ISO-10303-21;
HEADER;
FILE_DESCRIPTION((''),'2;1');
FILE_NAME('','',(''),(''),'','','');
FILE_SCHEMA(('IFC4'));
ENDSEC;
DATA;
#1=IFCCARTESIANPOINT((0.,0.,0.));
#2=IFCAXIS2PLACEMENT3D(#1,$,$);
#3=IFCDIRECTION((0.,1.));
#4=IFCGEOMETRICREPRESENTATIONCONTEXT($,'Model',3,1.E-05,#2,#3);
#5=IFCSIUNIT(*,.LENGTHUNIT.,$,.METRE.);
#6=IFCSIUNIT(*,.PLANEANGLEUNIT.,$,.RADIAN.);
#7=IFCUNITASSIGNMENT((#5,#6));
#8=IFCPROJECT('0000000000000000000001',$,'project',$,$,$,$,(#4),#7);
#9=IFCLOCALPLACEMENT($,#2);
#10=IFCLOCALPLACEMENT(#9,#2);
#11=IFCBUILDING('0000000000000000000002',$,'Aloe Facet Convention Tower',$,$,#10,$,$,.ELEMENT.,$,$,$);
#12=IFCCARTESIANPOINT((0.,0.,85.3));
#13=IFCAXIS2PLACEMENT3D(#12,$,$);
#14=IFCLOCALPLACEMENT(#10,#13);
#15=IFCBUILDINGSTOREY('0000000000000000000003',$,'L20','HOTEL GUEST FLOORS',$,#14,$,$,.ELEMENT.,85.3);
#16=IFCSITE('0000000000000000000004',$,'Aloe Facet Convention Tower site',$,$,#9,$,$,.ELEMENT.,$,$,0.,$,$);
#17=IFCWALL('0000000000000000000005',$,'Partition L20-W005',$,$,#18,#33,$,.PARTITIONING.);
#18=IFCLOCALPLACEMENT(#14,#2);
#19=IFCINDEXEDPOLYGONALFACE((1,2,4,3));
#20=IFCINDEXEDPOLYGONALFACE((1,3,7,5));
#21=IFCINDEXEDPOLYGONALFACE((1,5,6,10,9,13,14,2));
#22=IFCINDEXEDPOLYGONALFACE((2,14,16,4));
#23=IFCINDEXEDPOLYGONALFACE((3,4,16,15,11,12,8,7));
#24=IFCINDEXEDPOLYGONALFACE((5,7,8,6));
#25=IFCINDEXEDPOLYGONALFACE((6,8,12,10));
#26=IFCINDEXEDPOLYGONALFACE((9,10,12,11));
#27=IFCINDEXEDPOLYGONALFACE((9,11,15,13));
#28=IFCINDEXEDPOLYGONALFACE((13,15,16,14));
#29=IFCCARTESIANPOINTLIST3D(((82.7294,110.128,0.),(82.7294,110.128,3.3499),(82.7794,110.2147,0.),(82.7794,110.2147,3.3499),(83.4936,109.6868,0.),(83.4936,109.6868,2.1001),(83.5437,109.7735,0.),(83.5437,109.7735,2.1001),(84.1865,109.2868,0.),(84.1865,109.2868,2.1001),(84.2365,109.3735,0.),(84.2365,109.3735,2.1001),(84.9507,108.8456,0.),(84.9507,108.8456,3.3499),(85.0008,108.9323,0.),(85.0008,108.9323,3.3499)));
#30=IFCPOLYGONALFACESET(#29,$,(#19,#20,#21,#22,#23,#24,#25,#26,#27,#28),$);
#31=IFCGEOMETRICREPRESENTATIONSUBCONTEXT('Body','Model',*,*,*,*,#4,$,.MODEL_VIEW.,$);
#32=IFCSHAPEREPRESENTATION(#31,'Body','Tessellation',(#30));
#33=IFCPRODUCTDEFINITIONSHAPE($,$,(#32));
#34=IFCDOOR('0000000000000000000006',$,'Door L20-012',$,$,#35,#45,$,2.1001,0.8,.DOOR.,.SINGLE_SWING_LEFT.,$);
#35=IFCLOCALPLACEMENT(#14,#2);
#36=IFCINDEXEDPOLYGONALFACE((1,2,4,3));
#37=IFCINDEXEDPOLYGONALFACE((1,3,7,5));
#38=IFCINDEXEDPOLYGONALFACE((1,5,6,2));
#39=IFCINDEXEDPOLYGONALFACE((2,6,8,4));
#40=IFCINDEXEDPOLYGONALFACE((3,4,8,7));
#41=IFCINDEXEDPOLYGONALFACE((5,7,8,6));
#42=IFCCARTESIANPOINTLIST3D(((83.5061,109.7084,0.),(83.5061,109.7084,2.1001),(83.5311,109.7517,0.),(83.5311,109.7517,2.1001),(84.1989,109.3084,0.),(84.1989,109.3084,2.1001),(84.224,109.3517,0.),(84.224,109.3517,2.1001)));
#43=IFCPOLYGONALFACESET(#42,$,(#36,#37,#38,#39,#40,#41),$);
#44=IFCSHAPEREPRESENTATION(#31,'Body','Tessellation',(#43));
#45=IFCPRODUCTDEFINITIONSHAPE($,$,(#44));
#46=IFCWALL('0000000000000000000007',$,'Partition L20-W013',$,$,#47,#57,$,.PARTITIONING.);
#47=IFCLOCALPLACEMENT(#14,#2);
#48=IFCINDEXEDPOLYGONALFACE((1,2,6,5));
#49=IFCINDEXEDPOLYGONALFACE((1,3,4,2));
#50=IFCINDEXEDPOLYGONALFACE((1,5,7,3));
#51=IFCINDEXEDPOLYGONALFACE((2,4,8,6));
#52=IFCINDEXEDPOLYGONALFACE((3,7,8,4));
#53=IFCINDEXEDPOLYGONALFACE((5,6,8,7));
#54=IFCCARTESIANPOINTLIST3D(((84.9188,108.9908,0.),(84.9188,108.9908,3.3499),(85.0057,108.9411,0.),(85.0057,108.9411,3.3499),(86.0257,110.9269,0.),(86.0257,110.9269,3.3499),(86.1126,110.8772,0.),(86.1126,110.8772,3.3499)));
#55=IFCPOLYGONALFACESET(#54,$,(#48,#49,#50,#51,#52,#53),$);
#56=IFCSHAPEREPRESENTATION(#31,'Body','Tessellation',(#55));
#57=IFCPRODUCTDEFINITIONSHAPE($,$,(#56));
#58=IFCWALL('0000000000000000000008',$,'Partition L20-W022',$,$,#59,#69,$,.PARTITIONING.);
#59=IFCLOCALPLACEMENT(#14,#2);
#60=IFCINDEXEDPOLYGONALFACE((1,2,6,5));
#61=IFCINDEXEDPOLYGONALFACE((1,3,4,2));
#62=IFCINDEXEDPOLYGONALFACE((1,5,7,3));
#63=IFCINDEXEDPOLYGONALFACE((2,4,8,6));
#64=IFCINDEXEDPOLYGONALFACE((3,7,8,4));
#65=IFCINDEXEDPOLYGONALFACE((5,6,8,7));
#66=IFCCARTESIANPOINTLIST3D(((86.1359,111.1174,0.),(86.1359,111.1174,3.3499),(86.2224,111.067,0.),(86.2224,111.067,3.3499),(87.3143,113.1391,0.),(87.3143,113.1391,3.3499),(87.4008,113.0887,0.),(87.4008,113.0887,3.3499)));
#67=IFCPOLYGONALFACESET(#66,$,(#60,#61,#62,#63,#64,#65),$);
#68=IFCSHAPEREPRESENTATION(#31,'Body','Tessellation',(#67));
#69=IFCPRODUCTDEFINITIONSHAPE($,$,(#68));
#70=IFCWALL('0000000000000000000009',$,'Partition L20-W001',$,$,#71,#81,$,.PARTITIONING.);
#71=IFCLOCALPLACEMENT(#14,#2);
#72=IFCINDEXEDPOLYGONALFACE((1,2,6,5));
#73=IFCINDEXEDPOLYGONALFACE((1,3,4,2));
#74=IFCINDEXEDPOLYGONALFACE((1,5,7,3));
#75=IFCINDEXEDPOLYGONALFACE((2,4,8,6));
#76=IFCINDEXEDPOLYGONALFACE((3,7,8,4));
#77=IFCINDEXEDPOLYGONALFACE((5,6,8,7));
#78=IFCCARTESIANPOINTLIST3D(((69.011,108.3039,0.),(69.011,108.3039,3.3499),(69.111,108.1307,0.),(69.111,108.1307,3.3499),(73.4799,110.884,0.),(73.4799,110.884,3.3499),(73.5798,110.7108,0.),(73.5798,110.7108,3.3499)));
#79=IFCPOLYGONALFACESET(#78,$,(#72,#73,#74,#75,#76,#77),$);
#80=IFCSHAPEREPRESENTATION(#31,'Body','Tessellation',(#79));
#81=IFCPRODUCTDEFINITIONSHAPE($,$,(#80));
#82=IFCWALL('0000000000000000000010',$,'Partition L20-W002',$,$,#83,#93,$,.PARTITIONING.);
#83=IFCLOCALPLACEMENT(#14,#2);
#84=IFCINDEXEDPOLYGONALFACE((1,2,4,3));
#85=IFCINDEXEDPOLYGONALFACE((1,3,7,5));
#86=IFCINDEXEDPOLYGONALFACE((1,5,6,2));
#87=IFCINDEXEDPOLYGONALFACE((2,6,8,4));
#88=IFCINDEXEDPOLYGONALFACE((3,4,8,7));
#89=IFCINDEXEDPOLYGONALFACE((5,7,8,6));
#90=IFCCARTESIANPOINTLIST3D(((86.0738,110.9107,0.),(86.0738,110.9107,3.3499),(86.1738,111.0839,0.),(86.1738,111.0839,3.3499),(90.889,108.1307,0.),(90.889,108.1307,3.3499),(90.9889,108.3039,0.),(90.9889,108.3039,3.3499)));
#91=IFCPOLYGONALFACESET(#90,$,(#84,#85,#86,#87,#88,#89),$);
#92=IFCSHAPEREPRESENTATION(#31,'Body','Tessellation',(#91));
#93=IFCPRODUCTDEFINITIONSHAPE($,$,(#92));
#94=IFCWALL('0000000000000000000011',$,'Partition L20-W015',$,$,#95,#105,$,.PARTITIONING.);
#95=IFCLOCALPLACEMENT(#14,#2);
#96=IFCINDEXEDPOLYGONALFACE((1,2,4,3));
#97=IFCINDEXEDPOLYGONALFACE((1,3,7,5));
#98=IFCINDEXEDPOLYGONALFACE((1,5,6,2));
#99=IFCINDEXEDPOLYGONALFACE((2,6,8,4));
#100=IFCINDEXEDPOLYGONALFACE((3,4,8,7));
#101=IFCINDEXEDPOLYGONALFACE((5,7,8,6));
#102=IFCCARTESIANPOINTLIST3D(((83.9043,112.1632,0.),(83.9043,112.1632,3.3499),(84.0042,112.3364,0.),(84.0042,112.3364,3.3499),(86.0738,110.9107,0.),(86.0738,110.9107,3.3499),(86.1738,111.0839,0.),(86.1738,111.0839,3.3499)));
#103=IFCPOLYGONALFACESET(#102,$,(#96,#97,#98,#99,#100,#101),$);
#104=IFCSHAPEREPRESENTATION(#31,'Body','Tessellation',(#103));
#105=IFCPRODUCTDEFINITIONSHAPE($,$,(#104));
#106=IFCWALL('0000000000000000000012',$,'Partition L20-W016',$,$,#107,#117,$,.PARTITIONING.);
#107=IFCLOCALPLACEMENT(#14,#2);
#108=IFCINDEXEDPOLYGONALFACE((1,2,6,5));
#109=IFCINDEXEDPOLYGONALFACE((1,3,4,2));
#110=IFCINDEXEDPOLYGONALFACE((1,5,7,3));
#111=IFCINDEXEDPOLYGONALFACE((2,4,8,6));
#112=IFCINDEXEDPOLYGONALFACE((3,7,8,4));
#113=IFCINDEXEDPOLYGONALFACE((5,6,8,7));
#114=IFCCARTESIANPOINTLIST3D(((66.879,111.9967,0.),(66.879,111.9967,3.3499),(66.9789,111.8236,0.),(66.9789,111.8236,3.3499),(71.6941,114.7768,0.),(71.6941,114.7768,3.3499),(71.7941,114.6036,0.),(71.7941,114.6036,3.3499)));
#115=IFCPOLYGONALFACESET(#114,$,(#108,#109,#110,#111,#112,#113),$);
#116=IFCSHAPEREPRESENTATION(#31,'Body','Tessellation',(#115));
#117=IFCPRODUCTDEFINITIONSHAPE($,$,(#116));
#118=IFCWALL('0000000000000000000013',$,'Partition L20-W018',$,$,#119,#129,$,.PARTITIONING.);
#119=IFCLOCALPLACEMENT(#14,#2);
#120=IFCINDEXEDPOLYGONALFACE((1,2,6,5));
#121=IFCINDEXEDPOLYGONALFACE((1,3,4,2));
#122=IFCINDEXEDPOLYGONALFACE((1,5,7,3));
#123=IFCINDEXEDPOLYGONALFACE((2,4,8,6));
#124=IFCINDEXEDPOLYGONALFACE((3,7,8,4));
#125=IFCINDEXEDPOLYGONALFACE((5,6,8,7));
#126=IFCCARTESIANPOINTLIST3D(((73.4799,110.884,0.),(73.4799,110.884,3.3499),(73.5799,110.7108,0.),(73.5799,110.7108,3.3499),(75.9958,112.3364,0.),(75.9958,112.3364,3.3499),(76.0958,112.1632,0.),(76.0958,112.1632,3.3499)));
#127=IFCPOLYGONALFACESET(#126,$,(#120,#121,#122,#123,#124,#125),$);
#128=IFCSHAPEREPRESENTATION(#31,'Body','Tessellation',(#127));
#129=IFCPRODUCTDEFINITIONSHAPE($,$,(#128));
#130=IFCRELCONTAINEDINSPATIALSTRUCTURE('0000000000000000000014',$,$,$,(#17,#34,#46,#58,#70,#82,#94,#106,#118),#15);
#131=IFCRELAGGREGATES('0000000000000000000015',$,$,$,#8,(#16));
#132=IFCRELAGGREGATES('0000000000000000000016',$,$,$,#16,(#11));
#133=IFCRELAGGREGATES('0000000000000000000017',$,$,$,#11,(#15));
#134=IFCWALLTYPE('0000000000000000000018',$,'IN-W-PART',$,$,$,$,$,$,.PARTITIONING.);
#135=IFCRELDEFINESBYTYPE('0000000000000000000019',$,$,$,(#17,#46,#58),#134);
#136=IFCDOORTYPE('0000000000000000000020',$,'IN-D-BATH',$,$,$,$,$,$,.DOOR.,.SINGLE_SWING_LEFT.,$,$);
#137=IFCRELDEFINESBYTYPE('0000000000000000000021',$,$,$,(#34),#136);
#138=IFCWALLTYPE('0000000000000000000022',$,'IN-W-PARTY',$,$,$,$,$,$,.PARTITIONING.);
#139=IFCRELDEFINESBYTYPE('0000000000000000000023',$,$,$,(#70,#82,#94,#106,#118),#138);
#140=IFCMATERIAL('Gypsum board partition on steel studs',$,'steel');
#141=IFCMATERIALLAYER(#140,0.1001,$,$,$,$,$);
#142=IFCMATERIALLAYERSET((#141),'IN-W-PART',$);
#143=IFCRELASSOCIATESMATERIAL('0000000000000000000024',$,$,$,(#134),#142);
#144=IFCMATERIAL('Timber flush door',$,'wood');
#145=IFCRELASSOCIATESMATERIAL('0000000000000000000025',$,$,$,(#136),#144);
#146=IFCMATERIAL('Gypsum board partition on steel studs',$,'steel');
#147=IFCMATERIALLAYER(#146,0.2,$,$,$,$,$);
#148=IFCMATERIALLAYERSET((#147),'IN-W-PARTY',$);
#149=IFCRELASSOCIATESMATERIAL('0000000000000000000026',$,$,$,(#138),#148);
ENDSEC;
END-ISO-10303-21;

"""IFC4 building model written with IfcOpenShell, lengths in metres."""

from ifc_helpers import new_model, si_unit, direction, frame, frame_2d, origin, place, context, subcontext, project, spatial, rectangle, extrude, material, layer, layer_set, type_object, element, fill, save


model = new_model("IFC4")

# Units and contexts
model_context = context("Model", 3, precision=1e-05, world=origin(), true_north=direction((0.0, 1.0)))
body_context = subcontext(model_context, "Body", "Model", "MODEL_VIEW")
ifc_project = project(units=[si_unit("LENGTHUNIT", "METRE"), si_unit("PLANEANGLEUNIT", "RADIAN")], contexts=[model_context])

# Site, building, storey
site_placement = place(None, origin())
site = spatial("IfcSite", under=ifc_project, at=site_placement, Name="Aloe Facet Convention Tower site", CompositionType="ELEMENT", RefElevation=0.0)
building_placement = place(site_placement, origin())
building = spatial("IfcBuilding", under=site, at=building_placement, Name="Aloe Facet Convention Tower", CompositionType="ELEMENT")
storey_placement = place(building_placement, frame((0.0, 0.0, 85.3)))
storey = spatial("IfcBuildingStorey", under=building, at=storey_placement, Name="L20", Description="HOTEL GUEST FLOORS", CompositionType="ELEMENT", Elevation=85.3)

# Wall, opening, door
ifc_material_1 = material(Name="Gypsum board partition on steel studs", Category="steel")
ifc_layer_1 = layer(ifc_material_1, 0.1001)
ifc_layer_set_1 = layer_set([ifc_layer_1], Name="IN-W-PART")
wall_type_1 = type_object("IfcWallType", Name="IN-W-PART", PredefinedType="PARTITIONING", material=ifc_layer_set_1)
wall_1_placement = place(storey_placement, frame((82.7544, 110.1714, 0.0), z_axis=(0.0, 0.0, 1.0), x_axis=(0.866038, -0.499978, 0.0)))
wall_1 = element("IfcWall", 1, at=wall_1_placement, inside=storey, type_object=wall_type_1, Name="Partition L20-W005", PredefinedType="PARTITIONING", context=body_context, shape_type="SweptSolid", body=[
    extrude(rectangle(XDim=2.5649, YDim=0.1001, at=frame_2d((1.2825, 0.0))), origin(), (0.0, 0.0, 1.0), 3.3499),
])
opening_1_placement = place(wall_1_placement, frame((0.8826, 0.0, 0.0)))
opening_1 = element("IfcOpeningElement", 2, at=opening_1_placement, cuts=wall_1, PredefinedType="OPENING", context=body_context, shape_type="SweptSolid", body=[
    extrude(rectangle(XDim=0.8, YDim=2.1001, at=frame_2d((0.3999, 1.05))), frame((0.0, 0.0601, 0.0), z_axis=(0.0, -1.0, 0.0), x_axis=(1.0, 0.0, 0.0)), (0.0, 0.0, 1.0), 0.1201),
])
ifc_material_2 = material(Name="Timber flush door", Category="wood")
door_type_1 = type_object("IfcDoorType", Name="IN-D-BATH", OperationType="SINGLE_SWING_LEFT", PredefinedType="DOOR", material=ifc_material_2)
door_1_placement = place(opening_1_placement, origin())
door_1 = element("IfcDoor", 3, at=door_1_placement, inside=storey, type_object=door_type_1, Name="Door L20-012", OperationType="SINGLE_SWING_LEFT", OverallHeight=2.1001, OverallWidth=0.8, PredefinedType="DOOR", context=body_context, shape_type="SweptSolid", body=[
    extrude(rectangle(XDim=0.8, YDim=2.1001, at=frame_2d((0.3999, 1.05))), frame((0.0, 0.0249, 0.0), z_axis=(0.0, -1.0, 0.0), x_axis=(1.0, 0.0, 0.0)), (0.0, 0.0, 1.0), 0.05),
])
fill(opening_1, door_1)

# Walls
wall_2_placement = place(storey_placement, frame((84.9622, 108.9658, 0.0), z_axis=(0.0, 0.0, 1.0), x_axis=(0.496351, 0.868122, 0.0)))
element("IfcWall", 4, at=wall_2_placement, inside=storey, type_object=wall_type_1, Name="Partition L20-W013", PredefinedType="PARTITIONING", context=body_context, shape_type="SweptSolid", body=[
    extrude(rectangle(XDim=2.2302, YDim=0.1001, at=frame_2d((1.1152, 0.0))), origin(), (0.0, 0.0, 1.0), 3.3499),
])
wall_3_placement = place(storey_placement, frame((86.1792, 111.0923, 0.0), z_axis=(0.0, 0.0, 1.0), x_axis=(0.503592, 0.863942, 0.0)))
element("IfcWall", 5, at=wall_3_placement, inside=storey, type_object=wall_type_1, Name="Partition L20-W022", PredefinedType="PARTITIONING", context=body_context, shape_type="SweptSolid", body=[
    extrude(rectangle(XDim=2.3401, YDim=0.1001, at=frame_2d((1.1699, 0.0))), origin(), (0.0, 0.0, 1.0), 3.3499),
])
ifc_material_3 = material(Name="Gypsum board partition on steel studs", Category="steel")
ifc_layer_2 = layer(ifc_material_3, 0.2)
ifc_layer_set_2 = layer_set([ifc_layer_2], Name="IN-W-PARTY")
wall_type_2 = type_object("IfcWallType", Name="IN-W-PARTY", PredefinedType="PARTITIONING", material=ifc_layer_set_2)
wall_4_placement = place(storey_placement, frame((69.061, 108.2173, 0.0), z_axis=(0.0, 0.0, 1.0), x_axis=(0.866022, 0.500006, 0.0)))
element("IfcWall", 6, at=wall_4_placement, inside=storey, type_object=wall_type_2, Name="Partition L20-W001", PredefinedType="PARTITIONING", context=body_context, shape_type="SweptSolid", body=[
    extrude(rectangle(XDim=5.1602, YDim=0.2, at=frame_2d((2.5801, 0.0))), origin(), (0.0, 0.0, 1.0), 3.3499),
])
wall_5_placement = place(storey_placement, frame((86.1238, 110.9973, 0.0), z_axis=(0.0, 0.0, 1.0), x_axis=(0.866027, -0.499997, 0.0)))
element("IfcWall", 7, at=wall_5_placement, inside=storey, type_object=wall_type_2, Name="Partition L20-W002", PredefinedType="PARTITIONING", context=body_context, shape_type="SweptSolid", body=[
    extrude(rectangle(XDim=5.5601, YDim=0.2, at=frame_2d((2.78, 0.0))), origin(), (0.0, 0.0, 1.0), 3.3499),
])
wall_6_placement = place(storey_placement, frame((83.9543, 112.2498, 0.0), z_axis=(0.0, 0.0, 1.0), x_axis=(0.86604, -0.499976, 0.0)))
element("IfcWall", 8, at=wall_6_placement, inside=storey, type_object=wall_type_2, Name="Partition L20-W015", PredefinedType="PARTITIONING", context=body_context, shape_type="SweptSolid", body=[
    extrude(rectangle(XDim=2.5051, YDim=0.2, at=frame_2d((1.2524, 0.0))), origin(), (0.0, 0.0, 1.0), 3.3499),
])
wall_7_placement = place(storey_placement, frame((66.929, 111.9102, 0.0), z_axis=(0.0, 0.0, 1.0), x_axis=(0.866027, 0.499997, 0.0)))
element("IfcWall", 9, at=wall_7_placement, inside=storey, type_object=wall_type_2, Name="Partition L20-W016", PredefinedType="PARTITIONING", context=body_context, shape_type="SweptSolid", body=[
    extrude(rectangle(XDim=5.5601, YDim=0.2, at=frame_2d((2.78, 0.0))), origin(), (0.0, 0.0, 1.0), 3.3499),
])
wall_8_placement = place(storey_placement, frame((73.5298, 110.7974, 0.0), z_axis=(0.0, 0.0, 1.0), x_axis=(0.866047, 0.499963, 0.0)))
element("IfcWall", 10, at=wall_8_placement, inside=storey, type_object=wall_type_2, Name="Partition L20-W018", PredefinedType="PARTITIONING", context=body_context, shape_type="SweptSolid", body=[
    extrude(rectangle(XDim=2.905, YDim=0.2, at=frame_2d((1.4526, 0.0))), origin(), (0.0, 0.0, 1.0), 3.3499),
])

save(model, "model.ifc")
